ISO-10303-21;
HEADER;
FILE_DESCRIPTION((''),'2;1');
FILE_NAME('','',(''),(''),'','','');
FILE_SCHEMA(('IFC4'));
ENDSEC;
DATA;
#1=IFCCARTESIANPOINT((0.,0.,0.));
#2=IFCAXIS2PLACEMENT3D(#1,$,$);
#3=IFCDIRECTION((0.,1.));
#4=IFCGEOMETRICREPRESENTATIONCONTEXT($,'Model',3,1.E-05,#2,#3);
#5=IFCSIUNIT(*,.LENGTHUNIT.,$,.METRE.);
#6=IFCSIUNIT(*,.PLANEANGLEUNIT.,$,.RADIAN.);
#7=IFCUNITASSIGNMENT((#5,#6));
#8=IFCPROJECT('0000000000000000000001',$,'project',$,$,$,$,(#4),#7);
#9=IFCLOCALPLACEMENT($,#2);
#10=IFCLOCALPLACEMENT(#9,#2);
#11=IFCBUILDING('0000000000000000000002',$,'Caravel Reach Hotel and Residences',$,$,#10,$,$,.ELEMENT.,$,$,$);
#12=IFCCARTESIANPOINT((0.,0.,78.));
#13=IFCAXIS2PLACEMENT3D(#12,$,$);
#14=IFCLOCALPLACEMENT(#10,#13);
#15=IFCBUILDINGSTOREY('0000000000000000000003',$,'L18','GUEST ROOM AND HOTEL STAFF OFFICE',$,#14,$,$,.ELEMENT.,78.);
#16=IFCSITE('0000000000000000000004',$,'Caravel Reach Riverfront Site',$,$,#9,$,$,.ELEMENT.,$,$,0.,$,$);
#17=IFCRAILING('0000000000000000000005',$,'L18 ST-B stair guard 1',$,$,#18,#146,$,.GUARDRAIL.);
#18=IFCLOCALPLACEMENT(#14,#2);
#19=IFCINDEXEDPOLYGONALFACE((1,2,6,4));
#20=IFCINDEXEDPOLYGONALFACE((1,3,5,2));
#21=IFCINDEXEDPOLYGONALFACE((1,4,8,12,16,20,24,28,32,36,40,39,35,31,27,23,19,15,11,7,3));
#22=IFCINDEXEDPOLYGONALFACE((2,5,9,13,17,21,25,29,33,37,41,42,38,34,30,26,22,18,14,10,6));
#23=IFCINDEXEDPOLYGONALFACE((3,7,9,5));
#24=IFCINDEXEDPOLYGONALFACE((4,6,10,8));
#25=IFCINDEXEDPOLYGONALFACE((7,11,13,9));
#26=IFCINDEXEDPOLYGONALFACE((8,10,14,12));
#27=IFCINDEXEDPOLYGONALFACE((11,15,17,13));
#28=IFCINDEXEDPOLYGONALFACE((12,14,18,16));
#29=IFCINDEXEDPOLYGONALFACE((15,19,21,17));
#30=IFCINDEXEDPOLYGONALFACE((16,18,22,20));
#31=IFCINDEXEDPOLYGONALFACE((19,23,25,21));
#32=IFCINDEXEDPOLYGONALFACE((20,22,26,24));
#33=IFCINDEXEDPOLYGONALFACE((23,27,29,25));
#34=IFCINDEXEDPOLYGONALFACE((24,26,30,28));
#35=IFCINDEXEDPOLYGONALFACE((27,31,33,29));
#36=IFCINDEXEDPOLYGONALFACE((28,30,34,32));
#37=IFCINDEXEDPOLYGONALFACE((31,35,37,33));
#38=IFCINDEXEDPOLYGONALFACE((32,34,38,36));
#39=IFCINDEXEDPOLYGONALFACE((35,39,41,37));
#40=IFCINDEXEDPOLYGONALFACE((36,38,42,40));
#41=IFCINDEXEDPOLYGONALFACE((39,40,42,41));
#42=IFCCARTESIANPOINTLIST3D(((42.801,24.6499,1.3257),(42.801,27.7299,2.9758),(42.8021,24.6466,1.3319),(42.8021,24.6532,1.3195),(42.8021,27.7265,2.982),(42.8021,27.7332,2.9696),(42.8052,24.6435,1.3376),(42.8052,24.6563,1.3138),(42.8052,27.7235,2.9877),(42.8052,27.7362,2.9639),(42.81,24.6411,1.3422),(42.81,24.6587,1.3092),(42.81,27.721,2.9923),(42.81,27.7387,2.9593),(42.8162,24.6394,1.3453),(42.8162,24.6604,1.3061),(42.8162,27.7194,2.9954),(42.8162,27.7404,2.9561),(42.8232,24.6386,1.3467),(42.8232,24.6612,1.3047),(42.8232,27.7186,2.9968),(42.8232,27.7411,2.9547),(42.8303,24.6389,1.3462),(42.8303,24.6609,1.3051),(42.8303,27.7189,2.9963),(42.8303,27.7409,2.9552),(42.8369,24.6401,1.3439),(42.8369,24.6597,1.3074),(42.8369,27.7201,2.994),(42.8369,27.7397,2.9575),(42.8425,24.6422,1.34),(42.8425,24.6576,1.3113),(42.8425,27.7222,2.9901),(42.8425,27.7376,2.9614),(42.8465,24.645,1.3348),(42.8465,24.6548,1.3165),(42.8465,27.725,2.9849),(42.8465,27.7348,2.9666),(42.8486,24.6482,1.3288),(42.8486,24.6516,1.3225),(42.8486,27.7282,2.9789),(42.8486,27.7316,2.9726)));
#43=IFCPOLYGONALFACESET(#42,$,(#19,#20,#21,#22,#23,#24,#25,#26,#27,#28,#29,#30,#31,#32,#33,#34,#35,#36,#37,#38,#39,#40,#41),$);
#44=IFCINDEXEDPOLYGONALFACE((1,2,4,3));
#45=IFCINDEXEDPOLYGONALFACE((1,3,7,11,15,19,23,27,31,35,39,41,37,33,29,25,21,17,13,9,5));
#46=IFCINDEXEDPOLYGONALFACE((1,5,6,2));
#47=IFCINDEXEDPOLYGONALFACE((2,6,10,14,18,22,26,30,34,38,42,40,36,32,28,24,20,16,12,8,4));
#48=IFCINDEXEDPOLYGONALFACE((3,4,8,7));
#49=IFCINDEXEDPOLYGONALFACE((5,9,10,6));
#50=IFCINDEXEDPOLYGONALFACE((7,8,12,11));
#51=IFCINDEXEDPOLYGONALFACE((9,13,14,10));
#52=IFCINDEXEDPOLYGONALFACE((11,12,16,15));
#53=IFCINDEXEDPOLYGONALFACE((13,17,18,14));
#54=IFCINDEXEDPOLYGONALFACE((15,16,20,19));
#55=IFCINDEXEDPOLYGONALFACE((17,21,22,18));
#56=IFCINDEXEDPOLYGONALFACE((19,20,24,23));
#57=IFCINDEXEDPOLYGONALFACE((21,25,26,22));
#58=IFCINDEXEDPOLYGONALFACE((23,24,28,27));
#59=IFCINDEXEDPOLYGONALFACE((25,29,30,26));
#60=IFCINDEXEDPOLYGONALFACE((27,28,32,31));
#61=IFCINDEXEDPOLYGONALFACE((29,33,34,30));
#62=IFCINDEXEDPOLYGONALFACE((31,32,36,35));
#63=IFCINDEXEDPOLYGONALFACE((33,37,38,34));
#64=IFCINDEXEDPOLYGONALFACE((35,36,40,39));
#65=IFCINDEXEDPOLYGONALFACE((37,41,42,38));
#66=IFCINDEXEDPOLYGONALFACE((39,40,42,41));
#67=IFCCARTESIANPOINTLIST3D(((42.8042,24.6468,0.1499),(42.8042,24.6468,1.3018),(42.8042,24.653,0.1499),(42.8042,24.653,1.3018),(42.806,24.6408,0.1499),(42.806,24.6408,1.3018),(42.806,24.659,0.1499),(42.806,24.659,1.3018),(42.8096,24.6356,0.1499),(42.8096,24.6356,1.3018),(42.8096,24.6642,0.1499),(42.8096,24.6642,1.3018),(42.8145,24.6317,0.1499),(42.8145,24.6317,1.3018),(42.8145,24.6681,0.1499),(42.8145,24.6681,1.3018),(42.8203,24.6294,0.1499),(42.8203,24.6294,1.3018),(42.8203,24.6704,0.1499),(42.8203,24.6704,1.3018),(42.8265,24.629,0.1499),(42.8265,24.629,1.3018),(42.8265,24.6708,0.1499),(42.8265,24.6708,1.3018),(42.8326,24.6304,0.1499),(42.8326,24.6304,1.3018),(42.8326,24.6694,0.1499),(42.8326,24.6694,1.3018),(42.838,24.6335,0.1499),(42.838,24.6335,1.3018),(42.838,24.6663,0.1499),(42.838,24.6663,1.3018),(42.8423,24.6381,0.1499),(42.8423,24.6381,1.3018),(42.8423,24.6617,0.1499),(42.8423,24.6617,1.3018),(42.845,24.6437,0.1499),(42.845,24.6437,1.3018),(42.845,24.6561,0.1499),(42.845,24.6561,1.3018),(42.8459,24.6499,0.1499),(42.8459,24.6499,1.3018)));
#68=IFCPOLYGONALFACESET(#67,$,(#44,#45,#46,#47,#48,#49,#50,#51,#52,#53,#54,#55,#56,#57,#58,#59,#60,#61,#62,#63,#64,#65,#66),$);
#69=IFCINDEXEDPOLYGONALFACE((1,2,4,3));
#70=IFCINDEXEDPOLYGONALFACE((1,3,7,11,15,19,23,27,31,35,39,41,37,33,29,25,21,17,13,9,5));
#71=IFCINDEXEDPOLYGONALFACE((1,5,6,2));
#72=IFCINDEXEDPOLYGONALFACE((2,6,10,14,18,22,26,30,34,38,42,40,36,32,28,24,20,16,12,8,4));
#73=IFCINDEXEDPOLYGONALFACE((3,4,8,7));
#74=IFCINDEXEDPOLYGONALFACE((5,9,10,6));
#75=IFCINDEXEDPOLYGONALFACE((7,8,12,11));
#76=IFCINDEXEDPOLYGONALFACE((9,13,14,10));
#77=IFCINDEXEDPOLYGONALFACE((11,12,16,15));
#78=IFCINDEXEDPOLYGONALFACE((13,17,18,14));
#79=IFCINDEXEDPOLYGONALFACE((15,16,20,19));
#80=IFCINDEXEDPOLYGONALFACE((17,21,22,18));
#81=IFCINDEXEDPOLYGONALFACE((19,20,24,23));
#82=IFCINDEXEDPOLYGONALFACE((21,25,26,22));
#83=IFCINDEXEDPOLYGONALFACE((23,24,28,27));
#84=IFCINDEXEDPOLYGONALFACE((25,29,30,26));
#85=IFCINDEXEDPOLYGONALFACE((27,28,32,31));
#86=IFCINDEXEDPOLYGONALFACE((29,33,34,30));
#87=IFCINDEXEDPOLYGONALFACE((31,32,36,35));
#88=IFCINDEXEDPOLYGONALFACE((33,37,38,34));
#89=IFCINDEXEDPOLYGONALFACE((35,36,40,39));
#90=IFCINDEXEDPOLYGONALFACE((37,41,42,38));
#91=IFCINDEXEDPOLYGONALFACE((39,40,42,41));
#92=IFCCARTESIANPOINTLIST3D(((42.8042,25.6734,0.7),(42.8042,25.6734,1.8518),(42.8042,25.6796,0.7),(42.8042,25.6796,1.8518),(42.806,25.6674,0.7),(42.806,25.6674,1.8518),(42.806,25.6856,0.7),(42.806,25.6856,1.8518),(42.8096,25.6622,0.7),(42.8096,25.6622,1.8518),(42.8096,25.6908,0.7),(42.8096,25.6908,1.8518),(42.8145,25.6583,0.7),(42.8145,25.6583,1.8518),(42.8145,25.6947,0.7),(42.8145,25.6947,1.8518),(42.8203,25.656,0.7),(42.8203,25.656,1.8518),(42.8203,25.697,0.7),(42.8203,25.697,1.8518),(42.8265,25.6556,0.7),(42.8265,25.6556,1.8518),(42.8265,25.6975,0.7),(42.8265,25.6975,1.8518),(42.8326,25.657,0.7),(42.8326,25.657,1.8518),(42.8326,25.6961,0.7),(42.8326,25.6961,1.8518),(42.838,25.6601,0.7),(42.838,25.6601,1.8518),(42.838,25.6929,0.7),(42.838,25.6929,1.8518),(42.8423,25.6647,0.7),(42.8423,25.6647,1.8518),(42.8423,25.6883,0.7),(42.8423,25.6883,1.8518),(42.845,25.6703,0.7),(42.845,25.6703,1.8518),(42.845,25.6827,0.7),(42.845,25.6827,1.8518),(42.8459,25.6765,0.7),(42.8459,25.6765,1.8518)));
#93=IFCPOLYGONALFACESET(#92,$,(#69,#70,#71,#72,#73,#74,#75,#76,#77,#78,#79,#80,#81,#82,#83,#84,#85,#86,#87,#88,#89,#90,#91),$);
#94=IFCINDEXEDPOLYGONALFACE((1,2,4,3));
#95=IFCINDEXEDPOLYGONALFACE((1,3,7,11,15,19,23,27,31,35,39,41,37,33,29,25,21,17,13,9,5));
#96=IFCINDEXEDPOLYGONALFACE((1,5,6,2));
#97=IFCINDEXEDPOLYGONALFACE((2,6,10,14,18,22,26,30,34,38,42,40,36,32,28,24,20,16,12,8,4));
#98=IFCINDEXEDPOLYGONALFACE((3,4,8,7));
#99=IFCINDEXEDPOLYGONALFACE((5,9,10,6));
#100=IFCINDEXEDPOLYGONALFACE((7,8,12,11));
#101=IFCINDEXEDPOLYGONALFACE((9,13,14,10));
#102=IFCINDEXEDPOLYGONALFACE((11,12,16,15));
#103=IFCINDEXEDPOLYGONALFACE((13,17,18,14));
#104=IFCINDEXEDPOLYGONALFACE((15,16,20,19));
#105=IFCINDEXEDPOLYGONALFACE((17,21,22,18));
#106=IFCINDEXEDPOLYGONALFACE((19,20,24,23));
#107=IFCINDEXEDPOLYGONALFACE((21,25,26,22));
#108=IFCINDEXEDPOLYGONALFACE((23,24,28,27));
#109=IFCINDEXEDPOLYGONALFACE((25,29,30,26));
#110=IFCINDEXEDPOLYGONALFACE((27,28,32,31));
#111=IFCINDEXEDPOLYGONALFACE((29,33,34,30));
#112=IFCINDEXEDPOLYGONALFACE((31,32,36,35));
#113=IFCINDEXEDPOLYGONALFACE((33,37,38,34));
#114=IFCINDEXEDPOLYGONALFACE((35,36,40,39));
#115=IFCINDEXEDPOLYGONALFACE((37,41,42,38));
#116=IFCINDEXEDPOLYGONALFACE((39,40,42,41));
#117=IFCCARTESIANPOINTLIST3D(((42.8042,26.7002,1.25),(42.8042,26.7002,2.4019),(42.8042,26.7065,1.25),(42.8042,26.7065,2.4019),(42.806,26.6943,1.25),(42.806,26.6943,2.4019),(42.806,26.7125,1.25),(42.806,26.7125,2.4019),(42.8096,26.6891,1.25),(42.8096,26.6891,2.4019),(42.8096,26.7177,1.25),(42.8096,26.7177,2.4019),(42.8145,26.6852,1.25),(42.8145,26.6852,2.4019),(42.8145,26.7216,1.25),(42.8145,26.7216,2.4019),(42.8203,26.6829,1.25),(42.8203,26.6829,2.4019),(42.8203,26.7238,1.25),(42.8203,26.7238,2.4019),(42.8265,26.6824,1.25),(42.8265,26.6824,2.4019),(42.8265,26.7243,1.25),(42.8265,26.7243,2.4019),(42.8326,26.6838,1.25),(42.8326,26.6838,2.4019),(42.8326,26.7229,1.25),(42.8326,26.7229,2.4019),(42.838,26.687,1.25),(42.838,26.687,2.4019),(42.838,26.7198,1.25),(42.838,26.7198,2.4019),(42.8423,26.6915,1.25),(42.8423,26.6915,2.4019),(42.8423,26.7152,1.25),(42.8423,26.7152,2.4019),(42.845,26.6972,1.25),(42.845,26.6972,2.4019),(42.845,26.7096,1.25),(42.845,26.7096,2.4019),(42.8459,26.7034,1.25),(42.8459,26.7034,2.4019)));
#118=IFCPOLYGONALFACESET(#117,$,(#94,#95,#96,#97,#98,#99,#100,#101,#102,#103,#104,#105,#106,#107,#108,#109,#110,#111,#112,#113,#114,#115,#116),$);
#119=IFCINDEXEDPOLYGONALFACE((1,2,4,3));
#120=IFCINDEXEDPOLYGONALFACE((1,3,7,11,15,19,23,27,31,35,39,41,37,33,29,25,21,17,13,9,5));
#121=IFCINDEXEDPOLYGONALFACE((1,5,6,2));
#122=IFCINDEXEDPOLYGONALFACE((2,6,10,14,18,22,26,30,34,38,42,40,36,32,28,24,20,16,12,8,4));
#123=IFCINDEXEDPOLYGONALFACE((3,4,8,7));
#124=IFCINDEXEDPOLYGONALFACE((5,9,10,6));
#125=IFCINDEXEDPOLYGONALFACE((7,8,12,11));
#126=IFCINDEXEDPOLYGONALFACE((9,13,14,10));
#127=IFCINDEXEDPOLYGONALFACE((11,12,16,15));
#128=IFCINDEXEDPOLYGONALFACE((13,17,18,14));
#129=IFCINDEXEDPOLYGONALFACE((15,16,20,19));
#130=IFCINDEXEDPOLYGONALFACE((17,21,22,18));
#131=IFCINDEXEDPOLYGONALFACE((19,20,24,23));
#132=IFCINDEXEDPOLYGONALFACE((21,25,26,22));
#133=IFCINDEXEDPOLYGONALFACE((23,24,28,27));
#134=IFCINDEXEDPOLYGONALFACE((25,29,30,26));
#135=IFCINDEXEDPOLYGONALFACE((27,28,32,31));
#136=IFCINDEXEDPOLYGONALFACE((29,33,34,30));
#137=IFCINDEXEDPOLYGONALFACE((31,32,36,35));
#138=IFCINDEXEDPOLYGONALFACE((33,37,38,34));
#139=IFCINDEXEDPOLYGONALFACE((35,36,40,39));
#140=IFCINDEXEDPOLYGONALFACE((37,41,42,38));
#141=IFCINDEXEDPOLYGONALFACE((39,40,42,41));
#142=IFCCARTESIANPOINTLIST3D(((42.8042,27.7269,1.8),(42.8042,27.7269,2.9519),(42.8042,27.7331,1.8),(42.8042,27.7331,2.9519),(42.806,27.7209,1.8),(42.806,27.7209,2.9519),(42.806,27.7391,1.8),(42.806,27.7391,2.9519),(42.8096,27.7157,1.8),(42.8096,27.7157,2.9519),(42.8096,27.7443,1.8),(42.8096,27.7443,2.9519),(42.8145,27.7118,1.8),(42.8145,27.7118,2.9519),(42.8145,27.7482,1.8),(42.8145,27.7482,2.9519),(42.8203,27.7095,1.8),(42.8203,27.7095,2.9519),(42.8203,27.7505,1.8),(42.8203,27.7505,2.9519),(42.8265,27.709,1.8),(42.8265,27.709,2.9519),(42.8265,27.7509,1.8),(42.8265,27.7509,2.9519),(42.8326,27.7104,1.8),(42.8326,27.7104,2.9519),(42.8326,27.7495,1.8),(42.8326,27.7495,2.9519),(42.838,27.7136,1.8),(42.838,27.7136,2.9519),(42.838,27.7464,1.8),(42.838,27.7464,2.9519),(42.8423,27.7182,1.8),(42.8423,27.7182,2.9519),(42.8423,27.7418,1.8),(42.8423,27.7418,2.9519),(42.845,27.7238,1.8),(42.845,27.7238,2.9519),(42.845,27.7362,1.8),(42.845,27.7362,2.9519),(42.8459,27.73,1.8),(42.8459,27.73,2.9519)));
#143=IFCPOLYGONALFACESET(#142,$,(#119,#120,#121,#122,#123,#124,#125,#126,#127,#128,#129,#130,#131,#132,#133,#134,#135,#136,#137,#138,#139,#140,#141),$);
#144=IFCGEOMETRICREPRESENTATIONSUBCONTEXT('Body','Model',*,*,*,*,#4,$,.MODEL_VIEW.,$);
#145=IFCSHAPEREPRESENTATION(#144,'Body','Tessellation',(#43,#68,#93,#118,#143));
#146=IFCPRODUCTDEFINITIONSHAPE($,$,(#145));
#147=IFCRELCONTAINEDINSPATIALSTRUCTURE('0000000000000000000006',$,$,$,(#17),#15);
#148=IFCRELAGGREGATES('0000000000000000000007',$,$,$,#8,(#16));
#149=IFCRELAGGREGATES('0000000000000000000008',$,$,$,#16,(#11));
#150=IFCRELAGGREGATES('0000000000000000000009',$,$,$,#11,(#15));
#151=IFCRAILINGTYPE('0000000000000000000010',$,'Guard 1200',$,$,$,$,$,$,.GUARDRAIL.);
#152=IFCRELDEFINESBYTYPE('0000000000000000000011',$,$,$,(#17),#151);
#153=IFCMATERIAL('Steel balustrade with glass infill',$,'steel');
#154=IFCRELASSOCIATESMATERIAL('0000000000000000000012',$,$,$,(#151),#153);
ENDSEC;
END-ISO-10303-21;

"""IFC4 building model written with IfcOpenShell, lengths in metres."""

from ifc_helpers import new_model, si_unit, direction, frame, origin, origin_2d, place, context, subcontext, project, spatial, circle, extrude, material, type_object, element, save


model = new_model("IFC4")

# Units and contexts
model_context = context("Model", 3, precision=1e-05, world=origin(), true_north=direction((0.0, 1.0)))
body_context = subcontext(model_context, "Body", "Model", "MODEL_VIEW")
ifc_project = project(units=[si_unit("LENGTHUNIT", "METRE"), si_unit("PLANEANGLEUNIT", "RADIAN")], contexts=[model_context])

# Site, building, storey
site_placement = place(None, origin())
site = spatial("IfcSite", under=ifc_project, at=site_placement, Name="Caravel Reach Riverfront Site", CompositionType="ELEMENT", RefElevation=0.0)
building_placement = place(site_placement, origin())
building = spatial("IfcBuilding", under=site, at=building_placement, Name="Caravel Reach Hotel and Residences", CompositionType="ELEMENT")
storey_placement = place(building_placement, frame((0.0, 0.0, 78.0)))
storey = spatial("IfcBuildingStorey", under=building, at=storey_placement, Name="L18", Description="GUEST ROOM AND HOTEL STAFF OFFICE", CompositionType="ELEMENT", Elevation=78.0)

# Railing
ifc_material_1 = material(Name="Steel balustrade with glass infill", Category="steel")
railing_type_1 = type_object("IfcRailingType", Name="Guard 1200", PredefinedType="GUARDRAIL", material=ifc_material_1)
railing_1_placement = place(storey_placement, frame((42.825, 24.6499, 0.1499)))
element("IfcRailing", 1, at=railing_1_placement, inside=storey, type_object=railing_type_1, Name="L18 ST-B stair guard 1", PredefinedType="GUARDRAIL", context=body_context, shape_type="SweptSolid", body=[
    extrude(circle(Radius=0.0239, at=origin_2d()), frame((0.0, 0.0, 1.1758), z_axis=(0.0, 0.881468, 0.472245), x_axis=(-1.0, 0.0, 0.0)), (0.0, 0.0, 1.0), 3.4941),
    extrude(circle(Radius=0.021, at=origin_2d()), origin(), (0.0, 0.0, 1.0), 1.1519),
    extrude(circle(Radius=0.021, at=origin_2d()), frame((0.0, 1.0266, 0.55)), (0.0, 0.0, 1.0), 1.1519),
    extrude(circle(Radius=0.021, at=origin_2d()), frame((0.0, 2.0535, 1.1001)), (0.0, 0.0, 1.0), 1.1519),
    extrude(circle(Radius=0.021, at=origin_2d()), frame((0.0, 3.0801, 1.6501)), (0.0, 0.0, 1.0), 1.1519),
])

save(model, "model.ifc")
